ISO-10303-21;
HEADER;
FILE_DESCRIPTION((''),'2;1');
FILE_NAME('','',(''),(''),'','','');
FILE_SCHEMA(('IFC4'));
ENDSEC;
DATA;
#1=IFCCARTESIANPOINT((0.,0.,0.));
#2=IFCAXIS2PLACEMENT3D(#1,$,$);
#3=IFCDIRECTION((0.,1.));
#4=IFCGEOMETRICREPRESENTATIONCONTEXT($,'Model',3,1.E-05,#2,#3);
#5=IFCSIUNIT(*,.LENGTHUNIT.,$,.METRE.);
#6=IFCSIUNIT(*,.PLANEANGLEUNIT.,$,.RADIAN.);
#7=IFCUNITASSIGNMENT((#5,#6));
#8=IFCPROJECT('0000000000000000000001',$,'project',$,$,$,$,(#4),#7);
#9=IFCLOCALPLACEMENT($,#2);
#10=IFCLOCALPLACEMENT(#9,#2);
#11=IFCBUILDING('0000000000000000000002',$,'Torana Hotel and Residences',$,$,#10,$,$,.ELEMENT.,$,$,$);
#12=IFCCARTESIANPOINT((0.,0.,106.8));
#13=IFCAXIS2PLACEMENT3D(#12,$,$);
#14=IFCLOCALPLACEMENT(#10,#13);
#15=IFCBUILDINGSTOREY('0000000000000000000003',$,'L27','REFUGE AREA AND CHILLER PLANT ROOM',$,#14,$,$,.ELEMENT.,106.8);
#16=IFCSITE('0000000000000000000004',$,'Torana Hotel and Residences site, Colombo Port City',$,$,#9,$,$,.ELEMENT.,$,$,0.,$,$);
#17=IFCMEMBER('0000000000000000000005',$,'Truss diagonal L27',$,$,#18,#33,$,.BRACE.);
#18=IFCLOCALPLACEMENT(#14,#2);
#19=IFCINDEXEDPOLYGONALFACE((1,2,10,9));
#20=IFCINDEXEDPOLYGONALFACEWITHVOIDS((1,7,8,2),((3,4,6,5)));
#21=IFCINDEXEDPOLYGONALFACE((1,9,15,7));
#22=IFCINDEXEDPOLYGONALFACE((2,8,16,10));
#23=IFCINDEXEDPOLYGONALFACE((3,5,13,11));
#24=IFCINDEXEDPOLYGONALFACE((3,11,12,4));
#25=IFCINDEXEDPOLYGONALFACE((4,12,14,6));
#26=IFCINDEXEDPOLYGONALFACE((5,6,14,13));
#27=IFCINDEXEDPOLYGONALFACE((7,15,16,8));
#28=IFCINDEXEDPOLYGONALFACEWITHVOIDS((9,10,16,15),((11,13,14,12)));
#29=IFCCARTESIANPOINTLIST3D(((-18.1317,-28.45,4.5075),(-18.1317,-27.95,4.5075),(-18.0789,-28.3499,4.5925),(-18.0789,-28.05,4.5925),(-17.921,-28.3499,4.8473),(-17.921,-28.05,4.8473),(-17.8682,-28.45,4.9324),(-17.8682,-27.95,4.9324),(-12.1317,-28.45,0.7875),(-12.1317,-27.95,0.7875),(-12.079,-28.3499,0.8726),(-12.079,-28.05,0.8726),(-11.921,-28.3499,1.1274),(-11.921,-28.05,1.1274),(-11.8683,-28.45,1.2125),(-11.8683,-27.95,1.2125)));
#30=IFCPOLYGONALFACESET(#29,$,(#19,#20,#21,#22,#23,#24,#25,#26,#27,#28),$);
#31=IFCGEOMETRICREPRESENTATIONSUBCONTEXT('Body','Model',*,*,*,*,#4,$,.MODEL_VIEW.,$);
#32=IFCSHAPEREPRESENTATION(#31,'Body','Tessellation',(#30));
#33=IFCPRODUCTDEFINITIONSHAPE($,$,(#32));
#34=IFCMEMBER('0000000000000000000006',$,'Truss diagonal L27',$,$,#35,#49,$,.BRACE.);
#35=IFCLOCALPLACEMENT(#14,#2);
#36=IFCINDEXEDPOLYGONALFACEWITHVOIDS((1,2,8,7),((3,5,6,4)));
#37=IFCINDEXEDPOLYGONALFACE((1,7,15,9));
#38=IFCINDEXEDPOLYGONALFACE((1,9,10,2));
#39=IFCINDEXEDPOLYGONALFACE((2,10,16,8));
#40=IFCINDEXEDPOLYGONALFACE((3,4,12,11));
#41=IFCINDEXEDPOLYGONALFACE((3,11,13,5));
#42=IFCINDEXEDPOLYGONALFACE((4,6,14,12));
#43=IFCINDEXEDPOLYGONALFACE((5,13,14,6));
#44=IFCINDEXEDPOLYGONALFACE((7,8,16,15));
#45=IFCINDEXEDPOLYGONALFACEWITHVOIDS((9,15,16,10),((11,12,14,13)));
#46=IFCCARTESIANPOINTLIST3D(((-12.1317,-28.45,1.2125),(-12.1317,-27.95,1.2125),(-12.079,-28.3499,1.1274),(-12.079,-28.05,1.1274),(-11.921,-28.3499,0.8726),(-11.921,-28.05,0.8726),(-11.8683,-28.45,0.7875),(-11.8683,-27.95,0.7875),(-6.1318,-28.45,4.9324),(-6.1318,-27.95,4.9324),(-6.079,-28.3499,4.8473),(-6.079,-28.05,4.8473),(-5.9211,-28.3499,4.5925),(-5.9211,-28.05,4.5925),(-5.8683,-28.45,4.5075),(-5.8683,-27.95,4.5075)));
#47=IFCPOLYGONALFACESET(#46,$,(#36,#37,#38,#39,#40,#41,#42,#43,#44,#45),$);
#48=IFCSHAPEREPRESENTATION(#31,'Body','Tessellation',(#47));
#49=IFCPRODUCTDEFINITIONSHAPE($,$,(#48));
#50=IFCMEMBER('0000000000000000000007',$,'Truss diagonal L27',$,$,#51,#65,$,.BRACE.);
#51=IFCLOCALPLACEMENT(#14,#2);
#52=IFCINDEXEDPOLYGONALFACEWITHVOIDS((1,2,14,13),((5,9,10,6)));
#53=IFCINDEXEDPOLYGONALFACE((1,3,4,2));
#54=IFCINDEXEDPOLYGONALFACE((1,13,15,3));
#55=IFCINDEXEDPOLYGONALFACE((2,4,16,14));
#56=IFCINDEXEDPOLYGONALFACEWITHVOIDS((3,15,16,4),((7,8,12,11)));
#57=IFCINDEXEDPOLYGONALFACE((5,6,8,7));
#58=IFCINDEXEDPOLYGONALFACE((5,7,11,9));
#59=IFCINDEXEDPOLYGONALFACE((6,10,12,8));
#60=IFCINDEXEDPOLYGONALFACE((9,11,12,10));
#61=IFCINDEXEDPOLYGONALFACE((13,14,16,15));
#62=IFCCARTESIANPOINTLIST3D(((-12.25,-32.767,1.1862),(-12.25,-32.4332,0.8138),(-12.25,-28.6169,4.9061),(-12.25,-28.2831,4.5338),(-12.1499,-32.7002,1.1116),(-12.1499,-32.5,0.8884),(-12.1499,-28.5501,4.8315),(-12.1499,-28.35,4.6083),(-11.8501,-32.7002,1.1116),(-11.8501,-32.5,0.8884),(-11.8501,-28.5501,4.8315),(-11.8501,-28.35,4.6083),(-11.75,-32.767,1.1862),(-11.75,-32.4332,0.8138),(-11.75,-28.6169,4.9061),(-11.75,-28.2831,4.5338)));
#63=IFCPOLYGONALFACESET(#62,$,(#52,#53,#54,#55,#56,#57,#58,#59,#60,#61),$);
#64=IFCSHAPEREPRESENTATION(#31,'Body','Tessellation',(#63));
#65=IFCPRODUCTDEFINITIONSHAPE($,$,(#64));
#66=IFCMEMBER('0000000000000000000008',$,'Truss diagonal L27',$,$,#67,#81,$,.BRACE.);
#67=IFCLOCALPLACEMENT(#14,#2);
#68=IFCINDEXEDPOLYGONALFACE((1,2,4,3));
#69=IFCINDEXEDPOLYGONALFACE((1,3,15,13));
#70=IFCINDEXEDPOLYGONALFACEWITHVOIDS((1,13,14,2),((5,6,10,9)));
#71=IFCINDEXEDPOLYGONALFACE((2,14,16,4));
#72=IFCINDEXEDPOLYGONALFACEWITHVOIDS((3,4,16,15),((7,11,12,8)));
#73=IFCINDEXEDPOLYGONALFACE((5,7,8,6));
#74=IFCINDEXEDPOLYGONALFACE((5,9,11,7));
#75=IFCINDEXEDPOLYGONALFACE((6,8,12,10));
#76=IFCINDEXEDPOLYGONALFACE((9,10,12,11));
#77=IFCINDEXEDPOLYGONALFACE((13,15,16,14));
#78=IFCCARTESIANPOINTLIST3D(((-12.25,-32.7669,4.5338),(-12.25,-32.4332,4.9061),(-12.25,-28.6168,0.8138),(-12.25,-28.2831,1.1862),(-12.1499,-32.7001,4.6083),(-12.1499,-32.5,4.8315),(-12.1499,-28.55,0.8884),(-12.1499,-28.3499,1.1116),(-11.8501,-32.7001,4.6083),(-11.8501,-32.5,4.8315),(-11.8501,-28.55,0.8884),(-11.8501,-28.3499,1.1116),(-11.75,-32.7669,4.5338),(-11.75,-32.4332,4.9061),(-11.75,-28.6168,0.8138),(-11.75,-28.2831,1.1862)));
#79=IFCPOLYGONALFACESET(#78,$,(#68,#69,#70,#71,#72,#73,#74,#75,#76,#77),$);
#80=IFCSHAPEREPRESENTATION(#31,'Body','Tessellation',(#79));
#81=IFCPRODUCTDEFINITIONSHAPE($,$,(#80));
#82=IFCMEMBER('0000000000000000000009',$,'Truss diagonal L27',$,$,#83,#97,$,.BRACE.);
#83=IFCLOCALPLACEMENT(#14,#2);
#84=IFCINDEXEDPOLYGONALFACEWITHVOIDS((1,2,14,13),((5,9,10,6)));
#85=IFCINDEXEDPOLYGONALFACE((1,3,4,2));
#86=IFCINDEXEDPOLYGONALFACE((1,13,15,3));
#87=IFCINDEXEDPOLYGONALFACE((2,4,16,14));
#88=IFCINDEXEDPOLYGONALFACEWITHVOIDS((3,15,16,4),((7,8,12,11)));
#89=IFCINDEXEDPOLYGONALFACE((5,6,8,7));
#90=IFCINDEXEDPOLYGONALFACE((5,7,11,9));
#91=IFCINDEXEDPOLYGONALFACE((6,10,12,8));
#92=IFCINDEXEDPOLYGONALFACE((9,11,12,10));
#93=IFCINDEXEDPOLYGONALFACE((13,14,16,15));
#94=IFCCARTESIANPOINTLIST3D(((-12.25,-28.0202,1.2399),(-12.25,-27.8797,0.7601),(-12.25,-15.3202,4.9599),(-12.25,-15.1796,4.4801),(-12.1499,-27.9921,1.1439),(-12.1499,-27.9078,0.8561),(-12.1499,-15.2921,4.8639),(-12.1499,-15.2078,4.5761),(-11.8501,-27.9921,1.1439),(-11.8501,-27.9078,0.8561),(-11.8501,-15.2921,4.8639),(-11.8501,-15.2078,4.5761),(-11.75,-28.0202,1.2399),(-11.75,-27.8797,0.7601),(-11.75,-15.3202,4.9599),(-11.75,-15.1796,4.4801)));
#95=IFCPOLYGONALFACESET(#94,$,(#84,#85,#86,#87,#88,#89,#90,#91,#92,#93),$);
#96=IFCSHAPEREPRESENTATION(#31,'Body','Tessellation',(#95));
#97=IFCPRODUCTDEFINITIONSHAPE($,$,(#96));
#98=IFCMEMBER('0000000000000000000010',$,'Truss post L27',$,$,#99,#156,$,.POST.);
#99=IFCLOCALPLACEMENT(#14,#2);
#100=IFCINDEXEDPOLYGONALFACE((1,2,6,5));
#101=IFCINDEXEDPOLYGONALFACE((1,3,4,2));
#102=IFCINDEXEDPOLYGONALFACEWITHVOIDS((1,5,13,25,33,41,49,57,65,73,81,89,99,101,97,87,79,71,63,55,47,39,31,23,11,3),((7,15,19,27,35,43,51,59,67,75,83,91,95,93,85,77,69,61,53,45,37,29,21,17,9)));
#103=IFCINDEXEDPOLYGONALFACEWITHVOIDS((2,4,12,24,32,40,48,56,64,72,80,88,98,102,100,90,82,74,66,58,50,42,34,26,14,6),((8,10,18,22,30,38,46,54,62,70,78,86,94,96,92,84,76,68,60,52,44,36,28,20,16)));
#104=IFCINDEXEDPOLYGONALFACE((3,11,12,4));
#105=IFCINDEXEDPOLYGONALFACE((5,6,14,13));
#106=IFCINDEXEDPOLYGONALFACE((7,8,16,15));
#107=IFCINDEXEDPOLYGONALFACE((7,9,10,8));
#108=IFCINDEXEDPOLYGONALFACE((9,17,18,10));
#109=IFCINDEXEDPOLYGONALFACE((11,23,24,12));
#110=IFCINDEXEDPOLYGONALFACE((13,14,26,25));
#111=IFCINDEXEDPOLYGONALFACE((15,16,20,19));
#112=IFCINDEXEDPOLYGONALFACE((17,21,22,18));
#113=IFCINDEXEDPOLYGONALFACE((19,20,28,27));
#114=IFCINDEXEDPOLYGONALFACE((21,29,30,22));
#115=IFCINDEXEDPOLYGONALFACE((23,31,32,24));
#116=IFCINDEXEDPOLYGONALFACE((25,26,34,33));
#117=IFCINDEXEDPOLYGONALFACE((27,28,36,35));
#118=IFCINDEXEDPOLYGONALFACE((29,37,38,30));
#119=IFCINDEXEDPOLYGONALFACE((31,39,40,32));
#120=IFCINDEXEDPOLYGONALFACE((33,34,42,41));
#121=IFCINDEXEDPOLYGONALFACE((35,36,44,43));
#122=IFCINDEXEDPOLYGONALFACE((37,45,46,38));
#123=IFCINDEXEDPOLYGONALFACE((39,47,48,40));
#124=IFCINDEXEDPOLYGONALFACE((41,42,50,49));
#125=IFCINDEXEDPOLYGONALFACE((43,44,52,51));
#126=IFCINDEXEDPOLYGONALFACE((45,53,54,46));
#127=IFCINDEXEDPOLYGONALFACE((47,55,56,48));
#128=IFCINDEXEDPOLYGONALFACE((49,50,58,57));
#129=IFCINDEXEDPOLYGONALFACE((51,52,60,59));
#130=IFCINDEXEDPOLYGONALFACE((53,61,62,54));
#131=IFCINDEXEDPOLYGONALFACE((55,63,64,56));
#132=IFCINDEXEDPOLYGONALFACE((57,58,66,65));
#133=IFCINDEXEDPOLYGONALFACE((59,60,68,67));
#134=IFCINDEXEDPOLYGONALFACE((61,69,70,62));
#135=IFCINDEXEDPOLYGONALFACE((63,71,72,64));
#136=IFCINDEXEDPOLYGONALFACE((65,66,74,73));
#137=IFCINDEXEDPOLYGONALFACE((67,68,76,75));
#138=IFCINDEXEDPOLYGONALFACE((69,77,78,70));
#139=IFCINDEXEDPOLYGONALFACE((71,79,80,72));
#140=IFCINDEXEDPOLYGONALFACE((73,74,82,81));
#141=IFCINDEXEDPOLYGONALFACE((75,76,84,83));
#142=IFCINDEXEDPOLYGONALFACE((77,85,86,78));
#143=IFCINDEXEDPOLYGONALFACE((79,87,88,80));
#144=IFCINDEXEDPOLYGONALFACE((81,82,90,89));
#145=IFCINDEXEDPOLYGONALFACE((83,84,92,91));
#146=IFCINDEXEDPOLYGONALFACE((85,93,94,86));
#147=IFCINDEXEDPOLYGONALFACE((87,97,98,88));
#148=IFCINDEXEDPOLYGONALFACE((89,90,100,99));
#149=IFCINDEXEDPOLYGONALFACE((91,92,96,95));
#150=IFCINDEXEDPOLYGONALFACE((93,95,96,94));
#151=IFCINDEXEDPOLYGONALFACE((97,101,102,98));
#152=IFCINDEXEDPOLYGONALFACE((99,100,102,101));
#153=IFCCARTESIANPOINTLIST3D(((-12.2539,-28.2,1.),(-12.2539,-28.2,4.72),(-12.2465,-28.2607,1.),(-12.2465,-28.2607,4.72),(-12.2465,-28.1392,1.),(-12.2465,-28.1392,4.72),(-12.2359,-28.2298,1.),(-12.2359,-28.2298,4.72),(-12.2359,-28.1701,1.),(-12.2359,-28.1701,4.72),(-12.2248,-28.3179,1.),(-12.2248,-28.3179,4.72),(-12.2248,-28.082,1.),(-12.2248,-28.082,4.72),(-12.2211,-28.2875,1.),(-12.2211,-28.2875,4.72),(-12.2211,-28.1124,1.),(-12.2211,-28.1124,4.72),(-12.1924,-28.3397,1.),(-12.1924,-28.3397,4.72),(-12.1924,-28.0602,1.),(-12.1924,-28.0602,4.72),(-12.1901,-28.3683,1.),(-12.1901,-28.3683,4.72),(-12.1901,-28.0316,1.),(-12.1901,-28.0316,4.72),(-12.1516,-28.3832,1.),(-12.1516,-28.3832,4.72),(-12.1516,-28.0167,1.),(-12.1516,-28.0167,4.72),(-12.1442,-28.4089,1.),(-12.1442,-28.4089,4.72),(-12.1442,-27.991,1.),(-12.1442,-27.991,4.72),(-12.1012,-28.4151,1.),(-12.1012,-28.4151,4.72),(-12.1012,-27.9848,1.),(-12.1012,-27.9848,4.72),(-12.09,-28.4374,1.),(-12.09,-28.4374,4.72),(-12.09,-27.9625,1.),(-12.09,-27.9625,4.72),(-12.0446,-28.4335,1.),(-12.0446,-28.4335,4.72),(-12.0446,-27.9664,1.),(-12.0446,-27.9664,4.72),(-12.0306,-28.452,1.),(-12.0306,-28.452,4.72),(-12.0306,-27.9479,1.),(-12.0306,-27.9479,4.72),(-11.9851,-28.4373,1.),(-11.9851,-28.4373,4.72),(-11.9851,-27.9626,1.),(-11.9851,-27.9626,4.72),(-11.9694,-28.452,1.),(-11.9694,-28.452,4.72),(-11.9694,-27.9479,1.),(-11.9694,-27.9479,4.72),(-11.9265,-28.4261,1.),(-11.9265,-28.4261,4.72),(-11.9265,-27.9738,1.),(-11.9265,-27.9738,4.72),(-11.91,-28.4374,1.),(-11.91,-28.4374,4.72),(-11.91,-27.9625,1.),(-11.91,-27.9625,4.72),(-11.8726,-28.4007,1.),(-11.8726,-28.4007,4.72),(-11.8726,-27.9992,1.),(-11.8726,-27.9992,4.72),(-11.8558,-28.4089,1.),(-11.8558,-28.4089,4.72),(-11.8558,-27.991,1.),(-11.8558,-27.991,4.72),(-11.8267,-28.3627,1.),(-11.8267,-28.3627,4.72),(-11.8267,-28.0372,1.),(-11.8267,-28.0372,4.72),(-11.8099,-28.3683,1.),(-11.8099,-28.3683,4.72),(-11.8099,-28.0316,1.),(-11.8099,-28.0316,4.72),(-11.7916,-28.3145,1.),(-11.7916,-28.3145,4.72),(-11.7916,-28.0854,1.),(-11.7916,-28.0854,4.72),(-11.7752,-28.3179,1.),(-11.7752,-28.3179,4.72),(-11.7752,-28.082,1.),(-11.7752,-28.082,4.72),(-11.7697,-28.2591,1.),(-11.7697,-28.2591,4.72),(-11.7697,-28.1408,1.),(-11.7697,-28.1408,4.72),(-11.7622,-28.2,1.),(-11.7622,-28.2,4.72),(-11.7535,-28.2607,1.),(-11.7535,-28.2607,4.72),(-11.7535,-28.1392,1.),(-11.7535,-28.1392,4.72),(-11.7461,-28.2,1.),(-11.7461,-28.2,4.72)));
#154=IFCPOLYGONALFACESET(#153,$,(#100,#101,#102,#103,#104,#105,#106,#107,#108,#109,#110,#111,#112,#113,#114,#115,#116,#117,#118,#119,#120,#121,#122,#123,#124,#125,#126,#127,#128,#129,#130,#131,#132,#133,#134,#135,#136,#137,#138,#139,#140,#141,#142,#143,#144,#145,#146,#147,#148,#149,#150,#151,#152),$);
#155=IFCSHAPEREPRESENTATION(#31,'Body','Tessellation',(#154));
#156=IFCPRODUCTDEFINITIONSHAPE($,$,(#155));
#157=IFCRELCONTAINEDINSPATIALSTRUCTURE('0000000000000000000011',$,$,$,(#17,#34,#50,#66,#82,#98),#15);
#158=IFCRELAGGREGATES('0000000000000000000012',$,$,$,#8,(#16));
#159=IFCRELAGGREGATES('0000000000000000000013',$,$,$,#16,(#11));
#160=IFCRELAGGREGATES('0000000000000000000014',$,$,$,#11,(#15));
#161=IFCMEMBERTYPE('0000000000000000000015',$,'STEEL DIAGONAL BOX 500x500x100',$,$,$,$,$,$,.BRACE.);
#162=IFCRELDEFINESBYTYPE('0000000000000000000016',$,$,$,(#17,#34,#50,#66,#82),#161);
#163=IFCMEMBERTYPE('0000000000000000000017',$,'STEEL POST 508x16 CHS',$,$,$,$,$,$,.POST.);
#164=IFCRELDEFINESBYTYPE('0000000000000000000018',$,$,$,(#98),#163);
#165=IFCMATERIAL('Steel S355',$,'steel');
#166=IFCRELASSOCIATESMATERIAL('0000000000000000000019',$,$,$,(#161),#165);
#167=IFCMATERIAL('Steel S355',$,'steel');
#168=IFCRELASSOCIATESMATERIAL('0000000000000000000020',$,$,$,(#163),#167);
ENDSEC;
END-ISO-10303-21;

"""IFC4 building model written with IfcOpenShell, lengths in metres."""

from ifc_helpers import new_model, si_unit, direction, frame, origin, origin_2d, place, context, subcontext, project, spatial, hollow_rectangle, hollow_circle, extrude, material, material_profile, profile_set, type_object, element, save


model = new_model("IFC4")

# Units and contexts
model_context = context("Model", 3, precision=1e-05, world=origin(), true_north=direction((0.0, 1.0)))
body_context = subcontext(model_context, "Body", "Model", "MODEL_VIEW")
ifc_project = project(units=[si_unit("LENGTHUNIT", "METRE"), si_unit("PLANEANGLEUNIT", "RADIAN")], contexts=[model_context])

# Site, building, storey
site_placement = place(None, origin())
site = spatial("IfcSite", under=ifc_project, at=site_placement, Name="Torana Hotel and Residences site, Colombo Port City", CompositionType="ELEMENT", RefElevation=0.0)
building_placement = place(site_placement, origin())
building = spatial("IfcBuilding", under=site, at=building_placement, Name="Torana Hotel and Residences", CompositionType="ELEMENT")
storey_placement = place(building_placement, frame((0.0, 0.0, 106.8)))
storey = spatial("IfcBuildingStorey", under=building, at=storey_placement, Name="L27", Description="REFUGE AREA AND CHILLER PLANT ROOM", CompositionType="ELEMENT", Elevation=106.8)

# Members
ifc_material_1 = material(Name="Steel S355", Category="steel")
ifc_material_profile_1 = material_profile(ifc_material_1, hollow_rectangle(XDim=0.5, YDim=0.5, WallThickness=0.1001, at=origin_2d()), Name="BOX 500x500x100")
ifc_profile_set_1 = profile_set([ifc_material_profile_1], Name="Steel S355")
member_type_1 = type_object("IfcMemberType", Name="STEEL DIAGONAL BOX 500x500x100", PredefinedType="BRACE", material=ifc_profile_set_1)
for number, where, z_axis, x_axis, name in (
    (1, (-12.0, -28.2, 1.0), (-0.849905, 0.0, 0.526937), (0.0, -1.0, 0.0), "Truss diagonal L27"),
    (2, (-12.0, -28.2, 1.0), (0.849905, 0.0, 0.526937), (0.0, 1.0, 0.0), "Truss diagonal L27"),
):
    element("IfcMember", number, at=place(storey_placement, frame(where, z_axis=z_axis, x_axis=x_axis)), inside=storey, type_object=member_type_1, Name=name, PredefinedType="BRACE", context=body_context, shape_type="SweptSolid", body=[
        extrude(hollow_rectangle(XDim=0.5, YDim=0.5, WallThickness=0.1001, at=origin_2d()), origin(), (0.0, 0.0, 1.0), 7.0596),
    ])
for number, where, z_axis, x_axis, name in (
    (3, (-12.0, -32.6001, 1.0), (0.0, 0.744645, 0.66746), (-1.0, 0.0, 0.0), "Truss diagonal L27"),
    (4, (-12.0, -28.45, 1.0), (0.0, -0.744645, 0.66746), (1.0, 0.0, 0.0), "Truss diagonal L27"),
):
    element("IfcMember", number, at=place(storey_placement, frame(where, z_axis=z_axis, x_axis=x_axis)), inside=storey, type_object=member_type_1, Name=name, PredefinedType="BRACE", context=body_context, shape_type="SweptSolid", body=[
        extrude(hollow_rectangle(XDim=0.5, YDim=0.5, WallThickness=0.1001, at=origin_2d()), origin(), (0.0, 0.0, 1.0), 5.5732),
    ])
member_1_placement = place(storey_placement, frame((-12.0, -27.95, 1.0), z_axis=(0.0, 0.959678, 0.281101), x_axis=(-1.0, 0.0, 0.0)))
element("IfcMember", 5, at=member_1_placement, inside=storey, type_object=member_type_1, Name="Truss diagonal L27", PredefinedType="BRACE", context=body_context, shape_type="SweptSolid", body=[
    extrude(hollow_rectangle(XDim=0.5, YDim=0.5, WallThickness=0.1001, at=origin_2d()), origin(), (0.0, 0.0, 1.0), 13.2336),
])
ifc_material_2 = material(Name="Steel S355", Category="steel")
ifc_material_profile_2 = material_profile(ifc_material_2, hollow_circle(Radius=0.2539, WallThickness=0.0161, at=origin_2d()), Name="508x16 CHS")
ifc_profile_set_2 = profile_set([ifc_material_profile_2], Name="Steel S355")
member_type_2 = type_object("IfcMemberType", Name="STEEL POST 508x16 CHS", PredefinedType="POST", material=ifc_profile_set_2)
for number, where, z_axis, x_axis, name in (
    (6, (-12.0, -28.2, 1.0), (0.0, 0.0, 1.0), (1.0, 0.0, 0.0), "Truss post L27"),
):
    element("IfcMember", number, at=place(storey_placement, frame(where, z_axis=z_axis, x_axis=x_axis)), inside=storey, type_object=member_type_2, Name=name, PredefinedType="POST", context=body_context, shape_type="SweptSolid", body=[
        extrude(hollow_circle(Radius=0.2539, WallThickness=0.0161, at=origin_2d()), origin(), (0.0, 0.0, 1.0), 3.72),
    ])

save(model, "model.ifc")
